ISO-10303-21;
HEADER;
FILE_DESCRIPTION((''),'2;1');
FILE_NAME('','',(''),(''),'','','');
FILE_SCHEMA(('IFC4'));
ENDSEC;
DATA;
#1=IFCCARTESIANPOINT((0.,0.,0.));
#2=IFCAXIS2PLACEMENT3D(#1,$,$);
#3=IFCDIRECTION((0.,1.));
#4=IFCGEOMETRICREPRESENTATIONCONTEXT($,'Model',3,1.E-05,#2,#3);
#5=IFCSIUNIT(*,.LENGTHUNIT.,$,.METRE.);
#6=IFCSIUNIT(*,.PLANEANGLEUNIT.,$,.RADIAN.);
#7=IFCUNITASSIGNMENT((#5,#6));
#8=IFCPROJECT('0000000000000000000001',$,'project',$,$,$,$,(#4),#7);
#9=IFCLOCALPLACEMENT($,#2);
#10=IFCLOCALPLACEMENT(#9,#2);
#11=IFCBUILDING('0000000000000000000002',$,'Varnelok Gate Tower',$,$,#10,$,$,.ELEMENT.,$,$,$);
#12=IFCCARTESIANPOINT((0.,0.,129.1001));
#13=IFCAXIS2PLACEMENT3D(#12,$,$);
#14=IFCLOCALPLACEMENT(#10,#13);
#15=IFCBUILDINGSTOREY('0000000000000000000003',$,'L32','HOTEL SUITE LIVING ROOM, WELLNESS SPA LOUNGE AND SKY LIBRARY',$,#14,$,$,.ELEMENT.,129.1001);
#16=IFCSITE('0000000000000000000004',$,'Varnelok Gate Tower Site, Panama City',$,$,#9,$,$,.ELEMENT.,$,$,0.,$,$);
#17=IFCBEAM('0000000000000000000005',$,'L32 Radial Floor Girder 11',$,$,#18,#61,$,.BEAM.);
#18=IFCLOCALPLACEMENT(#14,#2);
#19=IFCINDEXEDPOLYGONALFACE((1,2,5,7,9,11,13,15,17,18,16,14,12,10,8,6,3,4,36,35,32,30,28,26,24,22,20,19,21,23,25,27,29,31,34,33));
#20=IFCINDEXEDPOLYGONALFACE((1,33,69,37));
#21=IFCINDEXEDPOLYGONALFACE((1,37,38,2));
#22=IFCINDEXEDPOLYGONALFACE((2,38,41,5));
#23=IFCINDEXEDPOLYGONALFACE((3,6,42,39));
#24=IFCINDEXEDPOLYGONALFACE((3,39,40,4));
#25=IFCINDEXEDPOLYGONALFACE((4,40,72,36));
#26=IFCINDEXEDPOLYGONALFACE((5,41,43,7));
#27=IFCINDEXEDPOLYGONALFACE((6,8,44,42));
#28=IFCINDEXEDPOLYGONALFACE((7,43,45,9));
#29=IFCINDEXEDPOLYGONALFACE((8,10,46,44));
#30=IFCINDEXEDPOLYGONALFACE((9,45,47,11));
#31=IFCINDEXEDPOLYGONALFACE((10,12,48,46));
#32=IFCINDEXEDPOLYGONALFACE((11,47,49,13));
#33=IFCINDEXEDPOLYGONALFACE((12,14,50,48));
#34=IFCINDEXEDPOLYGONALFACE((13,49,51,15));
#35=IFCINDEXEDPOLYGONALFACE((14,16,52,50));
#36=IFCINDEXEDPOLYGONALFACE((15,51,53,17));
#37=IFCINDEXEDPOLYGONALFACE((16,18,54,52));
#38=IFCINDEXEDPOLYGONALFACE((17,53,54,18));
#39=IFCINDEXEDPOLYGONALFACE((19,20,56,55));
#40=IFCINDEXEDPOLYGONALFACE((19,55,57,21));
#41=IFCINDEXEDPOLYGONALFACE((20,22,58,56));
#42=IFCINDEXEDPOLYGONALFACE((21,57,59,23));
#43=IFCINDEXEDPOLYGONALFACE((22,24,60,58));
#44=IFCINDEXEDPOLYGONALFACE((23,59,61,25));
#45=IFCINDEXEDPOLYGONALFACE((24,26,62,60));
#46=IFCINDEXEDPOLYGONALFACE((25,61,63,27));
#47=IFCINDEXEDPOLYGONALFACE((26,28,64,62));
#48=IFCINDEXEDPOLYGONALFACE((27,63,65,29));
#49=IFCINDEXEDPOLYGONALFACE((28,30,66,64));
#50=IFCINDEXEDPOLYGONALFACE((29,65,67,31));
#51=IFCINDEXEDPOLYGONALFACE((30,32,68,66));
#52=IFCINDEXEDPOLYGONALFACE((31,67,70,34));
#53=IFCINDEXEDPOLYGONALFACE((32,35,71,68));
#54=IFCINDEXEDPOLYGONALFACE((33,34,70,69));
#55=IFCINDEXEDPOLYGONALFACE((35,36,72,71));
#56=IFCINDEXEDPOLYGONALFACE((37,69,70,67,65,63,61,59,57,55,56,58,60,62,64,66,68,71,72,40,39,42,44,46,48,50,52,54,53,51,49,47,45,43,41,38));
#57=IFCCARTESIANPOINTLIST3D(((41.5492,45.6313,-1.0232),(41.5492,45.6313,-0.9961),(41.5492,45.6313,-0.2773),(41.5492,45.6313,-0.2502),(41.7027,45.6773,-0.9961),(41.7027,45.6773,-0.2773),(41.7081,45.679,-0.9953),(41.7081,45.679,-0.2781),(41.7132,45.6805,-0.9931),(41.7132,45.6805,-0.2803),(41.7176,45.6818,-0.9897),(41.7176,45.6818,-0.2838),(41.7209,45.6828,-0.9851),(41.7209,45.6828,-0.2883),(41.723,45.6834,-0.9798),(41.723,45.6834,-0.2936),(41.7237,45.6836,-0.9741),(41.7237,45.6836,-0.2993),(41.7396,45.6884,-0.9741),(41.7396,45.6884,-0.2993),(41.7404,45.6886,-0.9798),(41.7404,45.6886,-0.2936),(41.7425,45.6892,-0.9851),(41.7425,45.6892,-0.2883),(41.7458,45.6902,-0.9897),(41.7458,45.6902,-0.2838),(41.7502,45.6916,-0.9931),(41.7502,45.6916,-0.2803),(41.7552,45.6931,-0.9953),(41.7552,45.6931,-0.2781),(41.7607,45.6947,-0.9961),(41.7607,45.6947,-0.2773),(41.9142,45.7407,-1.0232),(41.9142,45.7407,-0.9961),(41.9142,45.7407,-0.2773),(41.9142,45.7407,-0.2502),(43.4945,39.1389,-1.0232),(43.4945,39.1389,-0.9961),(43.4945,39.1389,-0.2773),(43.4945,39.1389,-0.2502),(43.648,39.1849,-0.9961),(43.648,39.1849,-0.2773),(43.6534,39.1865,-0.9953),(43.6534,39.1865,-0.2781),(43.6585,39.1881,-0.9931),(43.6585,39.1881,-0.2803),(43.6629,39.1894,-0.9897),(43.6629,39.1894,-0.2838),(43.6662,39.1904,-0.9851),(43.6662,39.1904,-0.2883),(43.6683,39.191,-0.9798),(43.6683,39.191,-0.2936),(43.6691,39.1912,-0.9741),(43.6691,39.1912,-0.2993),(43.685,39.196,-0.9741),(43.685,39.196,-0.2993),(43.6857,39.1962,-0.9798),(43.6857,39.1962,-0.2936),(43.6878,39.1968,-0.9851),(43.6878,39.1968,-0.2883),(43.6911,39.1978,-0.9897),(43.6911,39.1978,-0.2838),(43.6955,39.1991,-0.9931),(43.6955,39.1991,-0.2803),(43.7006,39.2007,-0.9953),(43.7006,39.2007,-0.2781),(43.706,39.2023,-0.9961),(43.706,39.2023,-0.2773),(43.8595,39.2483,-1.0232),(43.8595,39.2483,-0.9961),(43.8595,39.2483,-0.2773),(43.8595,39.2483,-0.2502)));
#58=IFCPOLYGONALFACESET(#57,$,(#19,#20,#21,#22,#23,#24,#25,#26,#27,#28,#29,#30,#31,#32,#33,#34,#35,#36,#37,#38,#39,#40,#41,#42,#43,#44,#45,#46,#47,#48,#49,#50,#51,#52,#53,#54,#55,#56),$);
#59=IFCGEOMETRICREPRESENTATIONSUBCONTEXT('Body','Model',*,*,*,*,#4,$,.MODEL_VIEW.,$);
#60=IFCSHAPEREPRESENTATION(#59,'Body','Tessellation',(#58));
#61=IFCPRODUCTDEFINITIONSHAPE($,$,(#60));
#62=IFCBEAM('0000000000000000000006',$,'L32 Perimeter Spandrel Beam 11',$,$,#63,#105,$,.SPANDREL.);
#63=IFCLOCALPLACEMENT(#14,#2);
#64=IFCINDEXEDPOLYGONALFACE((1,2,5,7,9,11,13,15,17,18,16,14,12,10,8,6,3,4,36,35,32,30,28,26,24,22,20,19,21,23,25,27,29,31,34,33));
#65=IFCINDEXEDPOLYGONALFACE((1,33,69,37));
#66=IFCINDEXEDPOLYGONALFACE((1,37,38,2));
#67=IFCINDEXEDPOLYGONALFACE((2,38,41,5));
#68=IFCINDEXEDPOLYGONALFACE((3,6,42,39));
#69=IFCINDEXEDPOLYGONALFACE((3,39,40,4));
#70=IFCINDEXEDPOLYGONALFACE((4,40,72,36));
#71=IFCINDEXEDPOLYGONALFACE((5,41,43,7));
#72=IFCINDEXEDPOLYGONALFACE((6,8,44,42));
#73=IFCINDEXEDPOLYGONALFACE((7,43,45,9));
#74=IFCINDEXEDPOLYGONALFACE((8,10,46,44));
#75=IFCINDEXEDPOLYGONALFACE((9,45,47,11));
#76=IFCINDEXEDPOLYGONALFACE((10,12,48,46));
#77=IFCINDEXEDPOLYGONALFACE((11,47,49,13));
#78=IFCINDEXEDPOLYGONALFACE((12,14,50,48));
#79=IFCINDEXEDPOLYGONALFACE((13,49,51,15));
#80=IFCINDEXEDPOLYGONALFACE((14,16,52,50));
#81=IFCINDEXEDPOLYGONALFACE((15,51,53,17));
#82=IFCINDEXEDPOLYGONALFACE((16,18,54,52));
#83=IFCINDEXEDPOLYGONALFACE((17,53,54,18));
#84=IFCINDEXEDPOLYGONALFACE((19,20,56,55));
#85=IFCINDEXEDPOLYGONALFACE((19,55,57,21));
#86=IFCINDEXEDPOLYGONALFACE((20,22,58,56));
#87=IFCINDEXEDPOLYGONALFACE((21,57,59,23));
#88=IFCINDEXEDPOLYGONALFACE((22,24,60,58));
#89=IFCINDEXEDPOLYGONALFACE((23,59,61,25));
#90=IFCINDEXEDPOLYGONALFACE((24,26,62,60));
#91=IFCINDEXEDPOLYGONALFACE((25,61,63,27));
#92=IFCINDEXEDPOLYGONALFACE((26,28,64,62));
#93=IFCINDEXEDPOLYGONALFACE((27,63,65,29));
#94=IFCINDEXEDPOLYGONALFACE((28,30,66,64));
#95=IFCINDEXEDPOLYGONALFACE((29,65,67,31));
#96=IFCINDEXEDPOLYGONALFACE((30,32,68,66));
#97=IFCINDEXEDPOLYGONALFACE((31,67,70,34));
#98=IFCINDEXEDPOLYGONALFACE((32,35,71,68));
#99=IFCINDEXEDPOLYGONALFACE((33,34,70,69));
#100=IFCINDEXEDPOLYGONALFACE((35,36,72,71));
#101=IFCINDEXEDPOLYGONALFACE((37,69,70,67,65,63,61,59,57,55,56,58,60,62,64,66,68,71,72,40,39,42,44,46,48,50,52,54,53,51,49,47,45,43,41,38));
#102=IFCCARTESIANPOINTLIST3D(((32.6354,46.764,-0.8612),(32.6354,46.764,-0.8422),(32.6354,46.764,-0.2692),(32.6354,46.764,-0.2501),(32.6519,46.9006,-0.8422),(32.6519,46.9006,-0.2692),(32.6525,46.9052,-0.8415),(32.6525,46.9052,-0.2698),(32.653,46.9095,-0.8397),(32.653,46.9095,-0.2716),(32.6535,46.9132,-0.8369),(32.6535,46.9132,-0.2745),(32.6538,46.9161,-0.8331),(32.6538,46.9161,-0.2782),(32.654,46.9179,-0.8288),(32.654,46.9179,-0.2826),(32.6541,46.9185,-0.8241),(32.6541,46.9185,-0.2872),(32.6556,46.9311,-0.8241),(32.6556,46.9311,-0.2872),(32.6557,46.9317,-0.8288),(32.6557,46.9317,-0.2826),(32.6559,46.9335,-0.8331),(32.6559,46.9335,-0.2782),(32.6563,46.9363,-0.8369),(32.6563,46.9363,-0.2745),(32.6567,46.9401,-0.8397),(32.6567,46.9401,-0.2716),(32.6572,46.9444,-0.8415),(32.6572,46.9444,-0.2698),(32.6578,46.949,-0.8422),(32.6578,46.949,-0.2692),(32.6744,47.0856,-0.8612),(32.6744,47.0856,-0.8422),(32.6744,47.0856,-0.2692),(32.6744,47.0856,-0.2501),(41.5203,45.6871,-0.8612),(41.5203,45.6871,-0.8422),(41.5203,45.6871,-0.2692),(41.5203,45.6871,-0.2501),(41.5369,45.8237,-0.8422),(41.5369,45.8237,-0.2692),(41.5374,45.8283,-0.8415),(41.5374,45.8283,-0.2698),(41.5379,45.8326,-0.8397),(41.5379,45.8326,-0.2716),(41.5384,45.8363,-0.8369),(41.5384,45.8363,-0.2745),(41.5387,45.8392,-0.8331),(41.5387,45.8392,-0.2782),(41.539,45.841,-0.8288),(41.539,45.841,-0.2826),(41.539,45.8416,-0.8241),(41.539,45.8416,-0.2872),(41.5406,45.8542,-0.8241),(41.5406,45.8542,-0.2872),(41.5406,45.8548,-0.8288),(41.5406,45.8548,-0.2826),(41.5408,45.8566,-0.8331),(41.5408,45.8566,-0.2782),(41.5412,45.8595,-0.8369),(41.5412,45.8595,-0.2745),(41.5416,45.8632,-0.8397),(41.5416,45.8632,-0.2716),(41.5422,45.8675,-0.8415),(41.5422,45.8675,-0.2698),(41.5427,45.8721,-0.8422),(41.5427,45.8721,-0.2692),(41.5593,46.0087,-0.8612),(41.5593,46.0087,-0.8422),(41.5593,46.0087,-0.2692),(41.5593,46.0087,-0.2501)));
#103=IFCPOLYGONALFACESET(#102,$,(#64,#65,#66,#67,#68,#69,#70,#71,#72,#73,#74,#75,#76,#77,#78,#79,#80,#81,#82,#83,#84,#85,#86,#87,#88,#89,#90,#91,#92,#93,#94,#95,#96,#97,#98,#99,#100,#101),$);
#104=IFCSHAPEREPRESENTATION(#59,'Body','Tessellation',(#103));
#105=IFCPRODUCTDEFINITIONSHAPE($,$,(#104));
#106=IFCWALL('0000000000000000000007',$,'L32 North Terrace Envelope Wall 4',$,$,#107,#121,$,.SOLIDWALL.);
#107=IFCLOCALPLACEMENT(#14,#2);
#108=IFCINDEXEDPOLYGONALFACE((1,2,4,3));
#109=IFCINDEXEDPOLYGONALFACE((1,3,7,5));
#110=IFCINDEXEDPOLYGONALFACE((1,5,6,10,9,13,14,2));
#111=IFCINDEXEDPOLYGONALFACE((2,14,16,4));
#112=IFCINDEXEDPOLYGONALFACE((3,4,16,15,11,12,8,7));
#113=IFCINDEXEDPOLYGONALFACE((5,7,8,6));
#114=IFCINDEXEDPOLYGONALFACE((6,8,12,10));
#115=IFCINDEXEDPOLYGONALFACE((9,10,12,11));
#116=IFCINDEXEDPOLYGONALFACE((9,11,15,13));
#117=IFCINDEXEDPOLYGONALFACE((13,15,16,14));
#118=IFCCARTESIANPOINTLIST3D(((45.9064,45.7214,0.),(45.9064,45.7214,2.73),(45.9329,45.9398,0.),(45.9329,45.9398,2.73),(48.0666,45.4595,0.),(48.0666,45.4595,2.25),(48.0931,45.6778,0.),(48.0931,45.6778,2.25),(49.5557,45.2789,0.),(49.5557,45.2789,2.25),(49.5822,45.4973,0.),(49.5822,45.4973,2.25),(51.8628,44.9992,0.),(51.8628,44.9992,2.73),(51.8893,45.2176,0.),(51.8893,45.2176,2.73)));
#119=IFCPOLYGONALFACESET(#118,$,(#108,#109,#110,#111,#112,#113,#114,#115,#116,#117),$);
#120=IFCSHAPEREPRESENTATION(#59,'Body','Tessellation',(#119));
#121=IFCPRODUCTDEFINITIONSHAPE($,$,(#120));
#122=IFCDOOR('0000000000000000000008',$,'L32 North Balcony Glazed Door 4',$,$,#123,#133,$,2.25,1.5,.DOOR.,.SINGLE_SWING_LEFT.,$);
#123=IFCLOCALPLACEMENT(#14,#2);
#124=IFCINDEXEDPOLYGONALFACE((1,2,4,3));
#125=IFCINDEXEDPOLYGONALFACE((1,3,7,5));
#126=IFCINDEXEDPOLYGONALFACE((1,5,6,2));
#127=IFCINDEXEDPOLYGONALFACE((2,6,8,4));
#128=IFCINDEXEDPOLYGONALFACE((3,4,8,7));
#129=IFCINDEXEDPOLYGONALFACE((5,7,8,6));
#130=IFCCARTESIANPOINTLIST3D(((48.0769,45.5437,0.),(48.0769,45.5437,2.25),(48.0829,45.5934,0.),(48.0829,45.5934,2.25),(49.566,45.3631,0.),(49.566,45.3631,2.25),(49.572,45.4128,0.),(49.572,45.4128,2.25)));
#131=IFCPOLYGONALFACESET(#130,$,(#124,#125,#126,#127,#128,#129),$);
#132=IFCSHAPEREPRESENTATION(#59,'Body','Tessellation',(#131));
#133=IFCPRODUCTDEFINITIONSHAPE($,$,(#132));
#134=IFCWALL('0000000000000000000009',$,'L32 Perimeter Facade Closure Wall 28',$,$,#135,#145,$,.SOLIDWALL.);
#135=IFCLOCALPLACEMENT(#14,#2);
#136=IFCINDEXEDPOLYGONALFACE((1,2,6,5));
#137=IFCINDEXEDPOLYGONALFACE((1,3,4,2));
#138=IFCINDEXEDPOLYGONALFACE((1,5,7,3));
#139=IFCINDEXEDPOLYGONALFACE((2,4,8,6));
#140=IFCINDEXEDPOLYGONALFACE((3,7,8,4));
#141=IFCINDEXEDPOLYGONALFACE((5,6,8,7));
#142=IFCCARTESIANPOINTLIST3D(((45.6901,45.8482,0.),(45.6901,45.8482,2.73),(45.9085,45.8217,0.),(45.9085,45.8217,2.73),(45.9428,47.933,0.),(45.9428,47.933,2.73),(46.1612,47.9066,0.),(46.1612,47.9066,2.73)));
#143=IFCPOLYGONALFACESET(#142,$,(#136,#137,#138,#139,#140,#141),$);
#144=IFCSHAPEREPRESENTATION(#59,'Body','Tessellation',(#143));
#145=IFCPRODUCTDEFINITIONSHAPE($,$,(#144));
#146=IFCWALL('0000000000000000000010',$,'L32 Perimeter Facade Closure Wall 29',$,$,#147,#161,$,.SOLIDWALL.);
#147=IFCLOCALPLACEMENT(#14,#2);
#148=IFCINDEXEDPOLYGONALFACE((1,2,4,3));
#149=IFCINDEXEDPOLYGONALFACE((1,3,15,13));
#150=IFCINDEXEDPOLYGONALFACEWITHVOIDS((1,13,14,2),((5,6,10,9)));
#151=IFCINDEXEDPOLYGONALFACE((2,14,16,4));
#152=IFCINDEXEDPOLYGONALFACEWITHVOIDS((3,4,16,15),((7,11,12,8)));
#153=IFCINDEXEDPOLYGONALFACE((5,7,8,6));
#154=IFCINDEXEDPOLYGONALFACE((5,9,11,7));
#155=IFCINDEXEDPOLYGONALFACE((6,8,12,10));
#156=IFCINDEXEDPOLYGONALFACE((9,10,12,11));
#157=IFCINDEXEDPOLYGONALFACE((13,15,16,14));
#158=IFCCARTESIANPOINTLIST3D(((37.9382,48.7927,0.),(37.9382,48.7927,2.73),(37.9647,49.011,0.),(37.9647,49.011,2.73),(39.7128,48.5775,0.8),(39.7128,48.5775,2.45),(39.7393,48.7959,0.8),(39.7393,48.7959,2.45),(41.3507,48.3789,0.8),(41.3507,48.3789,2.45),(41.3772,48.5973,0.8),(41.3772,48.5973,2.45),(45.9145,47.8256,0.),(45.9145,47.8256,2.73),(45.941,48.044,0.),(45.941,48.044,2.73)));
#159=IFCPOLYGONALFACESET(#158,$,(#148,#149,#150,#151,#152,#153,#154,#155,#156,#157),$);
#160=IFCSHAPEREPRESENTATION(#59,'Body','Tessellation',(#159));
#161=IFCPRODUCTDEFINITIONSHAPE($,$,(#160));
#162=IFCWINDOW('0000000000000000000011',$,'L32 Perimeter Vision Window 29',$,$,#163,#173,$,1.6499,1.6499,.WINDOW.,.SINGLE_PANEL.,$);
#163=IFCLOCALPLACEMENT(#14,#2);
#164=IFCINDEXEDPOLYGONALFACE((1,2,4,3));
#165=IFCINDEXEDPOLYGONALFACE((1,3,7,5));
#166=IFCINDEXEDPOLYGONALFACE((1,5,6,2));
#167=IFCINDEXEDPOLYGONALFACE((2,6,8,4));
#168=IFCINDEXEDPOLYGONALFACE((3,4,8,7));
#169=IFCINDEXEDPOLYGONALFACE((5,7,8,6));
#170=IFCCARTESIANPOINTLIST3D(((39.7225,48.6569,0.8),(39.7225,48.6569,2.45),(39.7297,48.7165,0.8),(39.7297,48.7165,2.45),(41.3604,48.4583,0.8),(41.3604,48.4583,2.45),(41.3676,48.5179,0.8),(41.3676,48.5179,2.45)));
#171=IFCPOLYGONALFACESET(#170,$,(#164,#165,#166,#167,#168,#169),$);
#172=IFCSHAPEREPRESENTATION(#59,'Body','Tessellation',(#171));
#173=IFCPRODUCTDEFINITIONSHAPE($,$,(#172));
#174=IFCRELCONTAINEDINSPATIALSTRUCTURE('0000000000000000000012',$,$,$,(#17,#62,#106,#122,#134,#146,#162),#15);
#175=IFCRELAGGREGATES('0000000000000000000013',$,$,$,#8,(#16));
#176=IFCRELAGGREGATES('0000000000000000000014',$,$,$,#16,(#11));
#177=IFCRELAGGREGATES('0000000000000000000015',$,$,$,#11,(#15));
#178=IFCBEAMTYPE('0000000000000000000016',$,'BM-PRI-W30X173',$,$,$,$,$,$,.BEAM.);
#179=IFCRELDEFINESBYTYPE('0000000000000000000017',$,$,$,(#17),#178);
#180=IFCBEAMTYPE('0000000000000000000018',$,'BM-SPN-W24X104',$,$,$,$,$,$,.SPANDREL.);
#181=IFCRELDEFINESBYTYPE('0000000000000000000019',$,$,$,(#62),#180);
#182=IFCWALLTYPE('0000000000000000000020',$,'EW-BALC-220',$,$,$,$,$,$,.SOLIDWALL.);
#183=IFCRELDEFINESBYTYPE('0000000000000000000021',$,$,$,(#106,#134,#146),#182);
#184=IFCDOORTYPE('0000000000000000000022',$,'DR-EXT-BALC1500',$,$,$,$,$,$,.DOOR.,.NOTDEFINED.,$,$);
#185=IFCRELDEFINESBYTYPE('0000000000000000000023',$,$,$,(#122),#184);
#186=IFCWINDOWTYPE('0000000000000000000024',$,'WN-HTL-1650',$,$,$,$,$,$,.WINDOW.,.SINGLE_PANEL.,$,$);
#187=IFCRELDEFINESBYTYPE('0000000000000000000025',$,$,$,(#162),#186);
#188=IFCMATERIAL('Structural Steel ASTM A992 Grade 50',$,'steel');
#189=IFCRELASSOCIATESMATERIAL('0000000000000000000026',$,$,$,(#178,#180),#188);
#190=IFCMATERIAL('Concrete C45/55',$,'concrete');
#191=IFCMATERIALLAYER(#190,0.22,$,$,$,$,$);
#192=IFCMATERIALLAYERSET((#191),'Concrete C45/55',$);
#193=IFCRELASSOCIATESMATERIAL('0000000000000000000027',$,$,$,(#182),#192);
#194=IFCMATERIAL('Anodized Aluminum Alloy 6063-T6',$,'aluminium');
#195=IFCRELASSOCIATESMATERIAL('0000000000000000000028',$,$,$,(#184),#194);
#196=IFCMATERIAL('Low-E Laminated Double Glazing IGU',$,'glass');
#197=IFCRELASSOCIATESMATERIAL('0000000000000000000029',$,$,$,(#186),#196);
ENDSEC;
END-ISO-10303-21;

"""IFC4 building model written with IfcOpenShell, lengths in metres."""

from ifc_helpers import new_model, si_unit, direction, frame, frame_2d, origin, origin_2d, place, context, subcontext, project, spatial, rectangle, i_section, extrude, material, layer, layer_set, material_profile, profile_set, type_object, element, fill, save


model = new_model("IFC4")

# Units and contexts
model_context = context("Model", 3, precision=1e-05, world=origin(), true_north=direction((0.0, 1.0)))
body_context = subcontext(model_context, "Body", "Model", "MODEL_VIEW")
ifc_project = project(units=[si_unit("LENGTHUNIT", "METRE"), si_unit("PLANEANGLEUNIT", "RADIAN")], contexts=[model_context])

# Site, building, storey
site_placement = place(None, origin())
site = spatial("IfcSite", under=ifc_project, at=site_placement, Name="Varnelok Gate Tower Site, Panama City", CompositionType="ELEMENT", RefElevation=0.0)
building_placement = place(site_placement, origin())
building = spatial("IfcBuilding", under=site, at=building_placement, Name="Varnelok Gate Tower", CompositionType="ELEMENT")
storey_placement = place(building_placement, frame((0.0, 0.0, 129.1001)))
storey = spatial("IfcBuildingStorey", under=building, at=storey_placement, Name="L32", Description="HOTEL SUITE LIVING ROOM, WELLNESS SPA LOUNGE AND SKY LIBRARY", CompositionType="ELEMENT", Elevation=129.1001)

# Shared definitions
ifc_material_1 = material(Name="Structural Steel ASTM A992 Grade 50", Category="steel")

# Beams
ifc_material_profile_1 = material_profile(ifc_material_1, i_section(OverallWidth=0.3811, OverallDepth=0.7729, WebThickness=0.0166, FlangeThickness=0.0271, FilletRadius=0.022, at=origin_2d()), Name="W30X173")
ifc_profile_set_1 = profile_set([ifc_material_profile_1], Name="Structural Steel ASTM A992 Grade 50")
beam_type_1 = type_object("IfcBeamType", Name="BM-PRI-W30X173", PredefinedType="BEAM", material=ifc_profile_set_1)
beam_1_placement = place(storey_placement, frame((43.677, 39.1936, -0.6367), z_axis=(-0.287021, 0.957924, 0.0), x_axis=(-0.957924, -0.287021, 0.0)))
element("IfcBeam", 1, at=beam_1_placement, inside=storey, type_object=beam_type_1, Name="L32 Radial Floor Girder 11", PredefinedType="BEAM", context=body_context, shape_type="SweptSolid", body=[
    extrude(i_section(OverallWidth=0.3811, OverallDepth=0.7729, WebThickness=0.0166, FlangeThickness=0.0271, FilletRadius=0.022, at=origin_2d()), origin(), (0.0, 0.0, 1.0), 6.7776),
])
ifc_material_profile_2 = material_profile(ifc_material_1, i_section(OverallWidth=0.324, OverallDepth=0.6111, WebThickness=0.0127, FlangeThickness=0.019, FilletRadius=0.0181, at=origin_2d()), Name="W24X104")
ifc_profile_set_2 = profile_set([ifc_material_profile_2], Name="Structural Steel ASTM A992 Grade 50")
beam_type_2 = type_object("IfcBeamType", Name="BM-SPN-W24X104", PredefinedType="SPANDREL", material=ifc_profile_set_2)
beam_2_placement = place(storey_placement, frame((41.5398, 45.8479, -0.5557), z_axis=(-0.992735, 0.120324, 0.0), x_axis=(-0.120324, -0.992735, 0.0)))
element("IfcBeam", 2, at=beam_2_placement, inside=storey, type_object=beam_type_2, Name="L32 Perimeter Spandrel Beam 11", PredefinedType="SPANDREL", context=body_context, shape_type="SweptSolid", body=[
    extrude(i_section(OverallWidth=0.324, OverallDepth=0.6111, WebThickness=0.0127, FlangeThickness=0.019, FilletRadius=0.0181, at=origin_2d()), origin(), (0.0, 0.0, 1.0), 8.95),
])

# Wall, opening, door
ifc_material_2 = material(Name="Concrete C45/55", Category="concrete")
ifc_layer_1 = layer(ifc_material_2, 0.22)
ifc_layer_set_1 = layer_set([ifc_layer_1], Name="Concrete C45/55")
wall_type_1 = type_object("IfcWallType", Name="EW-BALC-220", PredefinedType="SOLIDWALL", material=ifc_layer_set_1)
wall_1_placement = place(storey_placement, frame((45.9197, 45.8306, 0.0), z_axis=(0.0, 0.0, 1.0), x_axis=(0.99273, -0.120363, 0.0)))
wall_1 = element("IfcWall", 3, at=wall_1_placement, inside=storey, type_object=wall_type_1, Name="L32 North Terrace Envelope Wall 4", PredefinedType="SOLIDWALL", context=body_context, shape_type="SweptSolid", body=[
    extrude(rectangle(XDim=6.0, YDim=0.22, at=frame_2d((3.0, 0.0))), origin(), (0.0, 0.0, 1.0), 2.73),
])
opening_1_placement = place(wall_1_placement, frame((2.176, 0.0, 0.0)))
opening_1 = element("IfcOpeningElement", 4, at=opening_1_placement, cuts=wall_1, PredefinedType="OPENING", context=body_context, shape_type="SweptSolid", body=[
    extrude(rectangle(XDim=1.5, YDim=2.25, at=frame_2d((0.75, 1.125))), frame((0.0, 0.1199, 0.0), z_axis=(0.0, -1.0, 0.0), x_axis=(1.0, 0.0, 0.0)), (0.0, 0.0, 1.0), 0.24),
])
ifc_material_3 = material(Name="Anodized Aluminum Alloy 6063-T6", Category="aluminium")
door_type_1 = type_object("IfcDoorType", Name="DR-EXT-BALC1500", OperationType="NOTDEFINED", PredefinedType="DOOR", material=ifc_material_3)
door_1_placement = place(opening_1_placement, origin())
door_1 = element("IfcDoor", 5, at=door_1_placement, inside=storey, type_object=door_type_1, Name="L32 North Balcony Glazed Door 4", OperationType="SINGLE_SWING_LEFT", OverallHeight=2.25, OverallWidth=1.5, PredefinedType="DOOR", context=body_context, shape_type="SweptSolid", body=[
    extrude(rectangle(XDim=1.5, YDim=2.25, at=frame_2d((0.75, 1.125))), frame((0.0, 0.0249, 0.0), z_axis=(0.0, -1.0, 0.0), x_axis=(1.0, 0.0, 0.0)), (0.0, 0.0, 1.0), 0.05),
])
fill(opening_1, door_1)

# Wall
wall_2_placement = place(storey_placement, frame((45.7993, 45.835, 0.0), z_axis=(0.0, 0.0, 1.0), x_axis=(0.120314, 0.992736, 0.0)))
element("IfcWall", 6, at=wall_2_placement, inside=storey, type_object=wall_type_1, Name="L32 Perimeter Facade Closure Wall 28", PredefinedType="SOLIDWALL", context=body_context, shape_type="SweptSolid", body=[
    extrude(rectangle(XDim=2.1001, YDim=0.22, at=frame_2d((1.05, 0.0))), origin(), (0.0, 0.0, 1.0), 2.73),
])

# Wall, opening, window
wall_3_placement = place(storey_placement, frame((45.9277, 47.9348, 0.0), z_axis=(0.0, 0.0, 1.0), x_axis=(-0.992731, 0.120358, 0.0)))
wall_3 = element("IfcWall", 7, at=wall_3_placement, inside=storey, type_object=wall_type_1, Name="L32 Perimeter Facade Closure Wall 29", PredefinedType="SOLIDWALL", context=body_context, shape_type="SweptSolid", body=[
    extrude(rectangle(XDim=8.0347, YDim=0.22, at=frame_2d((4.0173, 0.0))), origin(), (0.0, 0.0, 1.0), 2.73),
])
opening_2_placement = place(wall_3_placement, frame((4.5972, 0.0, 0.8)))
opening_2 = element("IfcOpeningElement", 8, at=opening_2_placement, cuts=wall_3, PredefinedType="OPENING", context=body_context, shape_type="SweptSolid", body=[
    extrude(rectangle(XDim=1.6499, YDim=1.6499, at=frame_2d((0.825, 0.825))), frame((0.0, 0.1199, 0.0), z_axis=(0.0, -1.0, 0.0), x_axis=(1.0, 0.0, 0.0)), (0.0, 0.0, 1.0), 0.24),
])
ifc_material_4 = material(Name="Low-E Laminated Double Glazing IGU", Category="glass")
window_type = type_object("IfcWindowType", Name="WN-HTL-1650", PartitioningType="SINGLE_PANEL", PredefinedType="WINDOW", material=ifc_material_4)
window_placement = place(opening_2_placement, origin())
window = element("IfcWindow", 9, at=window_placement, inside=storey, type_object=window_type, Name="L32 Perimeter Vision Window 29", OverallHeight=1.6499, OverallWidth=1.6499, PartitioningType="SINGLE_PANEL", PredefinedType="WINDOW", context=body_context, shape_type="SweptSolid", body=[
    extrude(rectangle(XDim=1.6499, YDim=1.6499, at=frame_2d((0.825, 0.825))), frame((0.0, 0.03, 0.0), z_axis=(0.0, -1.0, 0.0), x_axis=(1.0, 0.0, 0.0)), (0.0, 0.0, 1.0), 0.0601),
])
fill(opening_2, window)

save(model, "model.ifc")
